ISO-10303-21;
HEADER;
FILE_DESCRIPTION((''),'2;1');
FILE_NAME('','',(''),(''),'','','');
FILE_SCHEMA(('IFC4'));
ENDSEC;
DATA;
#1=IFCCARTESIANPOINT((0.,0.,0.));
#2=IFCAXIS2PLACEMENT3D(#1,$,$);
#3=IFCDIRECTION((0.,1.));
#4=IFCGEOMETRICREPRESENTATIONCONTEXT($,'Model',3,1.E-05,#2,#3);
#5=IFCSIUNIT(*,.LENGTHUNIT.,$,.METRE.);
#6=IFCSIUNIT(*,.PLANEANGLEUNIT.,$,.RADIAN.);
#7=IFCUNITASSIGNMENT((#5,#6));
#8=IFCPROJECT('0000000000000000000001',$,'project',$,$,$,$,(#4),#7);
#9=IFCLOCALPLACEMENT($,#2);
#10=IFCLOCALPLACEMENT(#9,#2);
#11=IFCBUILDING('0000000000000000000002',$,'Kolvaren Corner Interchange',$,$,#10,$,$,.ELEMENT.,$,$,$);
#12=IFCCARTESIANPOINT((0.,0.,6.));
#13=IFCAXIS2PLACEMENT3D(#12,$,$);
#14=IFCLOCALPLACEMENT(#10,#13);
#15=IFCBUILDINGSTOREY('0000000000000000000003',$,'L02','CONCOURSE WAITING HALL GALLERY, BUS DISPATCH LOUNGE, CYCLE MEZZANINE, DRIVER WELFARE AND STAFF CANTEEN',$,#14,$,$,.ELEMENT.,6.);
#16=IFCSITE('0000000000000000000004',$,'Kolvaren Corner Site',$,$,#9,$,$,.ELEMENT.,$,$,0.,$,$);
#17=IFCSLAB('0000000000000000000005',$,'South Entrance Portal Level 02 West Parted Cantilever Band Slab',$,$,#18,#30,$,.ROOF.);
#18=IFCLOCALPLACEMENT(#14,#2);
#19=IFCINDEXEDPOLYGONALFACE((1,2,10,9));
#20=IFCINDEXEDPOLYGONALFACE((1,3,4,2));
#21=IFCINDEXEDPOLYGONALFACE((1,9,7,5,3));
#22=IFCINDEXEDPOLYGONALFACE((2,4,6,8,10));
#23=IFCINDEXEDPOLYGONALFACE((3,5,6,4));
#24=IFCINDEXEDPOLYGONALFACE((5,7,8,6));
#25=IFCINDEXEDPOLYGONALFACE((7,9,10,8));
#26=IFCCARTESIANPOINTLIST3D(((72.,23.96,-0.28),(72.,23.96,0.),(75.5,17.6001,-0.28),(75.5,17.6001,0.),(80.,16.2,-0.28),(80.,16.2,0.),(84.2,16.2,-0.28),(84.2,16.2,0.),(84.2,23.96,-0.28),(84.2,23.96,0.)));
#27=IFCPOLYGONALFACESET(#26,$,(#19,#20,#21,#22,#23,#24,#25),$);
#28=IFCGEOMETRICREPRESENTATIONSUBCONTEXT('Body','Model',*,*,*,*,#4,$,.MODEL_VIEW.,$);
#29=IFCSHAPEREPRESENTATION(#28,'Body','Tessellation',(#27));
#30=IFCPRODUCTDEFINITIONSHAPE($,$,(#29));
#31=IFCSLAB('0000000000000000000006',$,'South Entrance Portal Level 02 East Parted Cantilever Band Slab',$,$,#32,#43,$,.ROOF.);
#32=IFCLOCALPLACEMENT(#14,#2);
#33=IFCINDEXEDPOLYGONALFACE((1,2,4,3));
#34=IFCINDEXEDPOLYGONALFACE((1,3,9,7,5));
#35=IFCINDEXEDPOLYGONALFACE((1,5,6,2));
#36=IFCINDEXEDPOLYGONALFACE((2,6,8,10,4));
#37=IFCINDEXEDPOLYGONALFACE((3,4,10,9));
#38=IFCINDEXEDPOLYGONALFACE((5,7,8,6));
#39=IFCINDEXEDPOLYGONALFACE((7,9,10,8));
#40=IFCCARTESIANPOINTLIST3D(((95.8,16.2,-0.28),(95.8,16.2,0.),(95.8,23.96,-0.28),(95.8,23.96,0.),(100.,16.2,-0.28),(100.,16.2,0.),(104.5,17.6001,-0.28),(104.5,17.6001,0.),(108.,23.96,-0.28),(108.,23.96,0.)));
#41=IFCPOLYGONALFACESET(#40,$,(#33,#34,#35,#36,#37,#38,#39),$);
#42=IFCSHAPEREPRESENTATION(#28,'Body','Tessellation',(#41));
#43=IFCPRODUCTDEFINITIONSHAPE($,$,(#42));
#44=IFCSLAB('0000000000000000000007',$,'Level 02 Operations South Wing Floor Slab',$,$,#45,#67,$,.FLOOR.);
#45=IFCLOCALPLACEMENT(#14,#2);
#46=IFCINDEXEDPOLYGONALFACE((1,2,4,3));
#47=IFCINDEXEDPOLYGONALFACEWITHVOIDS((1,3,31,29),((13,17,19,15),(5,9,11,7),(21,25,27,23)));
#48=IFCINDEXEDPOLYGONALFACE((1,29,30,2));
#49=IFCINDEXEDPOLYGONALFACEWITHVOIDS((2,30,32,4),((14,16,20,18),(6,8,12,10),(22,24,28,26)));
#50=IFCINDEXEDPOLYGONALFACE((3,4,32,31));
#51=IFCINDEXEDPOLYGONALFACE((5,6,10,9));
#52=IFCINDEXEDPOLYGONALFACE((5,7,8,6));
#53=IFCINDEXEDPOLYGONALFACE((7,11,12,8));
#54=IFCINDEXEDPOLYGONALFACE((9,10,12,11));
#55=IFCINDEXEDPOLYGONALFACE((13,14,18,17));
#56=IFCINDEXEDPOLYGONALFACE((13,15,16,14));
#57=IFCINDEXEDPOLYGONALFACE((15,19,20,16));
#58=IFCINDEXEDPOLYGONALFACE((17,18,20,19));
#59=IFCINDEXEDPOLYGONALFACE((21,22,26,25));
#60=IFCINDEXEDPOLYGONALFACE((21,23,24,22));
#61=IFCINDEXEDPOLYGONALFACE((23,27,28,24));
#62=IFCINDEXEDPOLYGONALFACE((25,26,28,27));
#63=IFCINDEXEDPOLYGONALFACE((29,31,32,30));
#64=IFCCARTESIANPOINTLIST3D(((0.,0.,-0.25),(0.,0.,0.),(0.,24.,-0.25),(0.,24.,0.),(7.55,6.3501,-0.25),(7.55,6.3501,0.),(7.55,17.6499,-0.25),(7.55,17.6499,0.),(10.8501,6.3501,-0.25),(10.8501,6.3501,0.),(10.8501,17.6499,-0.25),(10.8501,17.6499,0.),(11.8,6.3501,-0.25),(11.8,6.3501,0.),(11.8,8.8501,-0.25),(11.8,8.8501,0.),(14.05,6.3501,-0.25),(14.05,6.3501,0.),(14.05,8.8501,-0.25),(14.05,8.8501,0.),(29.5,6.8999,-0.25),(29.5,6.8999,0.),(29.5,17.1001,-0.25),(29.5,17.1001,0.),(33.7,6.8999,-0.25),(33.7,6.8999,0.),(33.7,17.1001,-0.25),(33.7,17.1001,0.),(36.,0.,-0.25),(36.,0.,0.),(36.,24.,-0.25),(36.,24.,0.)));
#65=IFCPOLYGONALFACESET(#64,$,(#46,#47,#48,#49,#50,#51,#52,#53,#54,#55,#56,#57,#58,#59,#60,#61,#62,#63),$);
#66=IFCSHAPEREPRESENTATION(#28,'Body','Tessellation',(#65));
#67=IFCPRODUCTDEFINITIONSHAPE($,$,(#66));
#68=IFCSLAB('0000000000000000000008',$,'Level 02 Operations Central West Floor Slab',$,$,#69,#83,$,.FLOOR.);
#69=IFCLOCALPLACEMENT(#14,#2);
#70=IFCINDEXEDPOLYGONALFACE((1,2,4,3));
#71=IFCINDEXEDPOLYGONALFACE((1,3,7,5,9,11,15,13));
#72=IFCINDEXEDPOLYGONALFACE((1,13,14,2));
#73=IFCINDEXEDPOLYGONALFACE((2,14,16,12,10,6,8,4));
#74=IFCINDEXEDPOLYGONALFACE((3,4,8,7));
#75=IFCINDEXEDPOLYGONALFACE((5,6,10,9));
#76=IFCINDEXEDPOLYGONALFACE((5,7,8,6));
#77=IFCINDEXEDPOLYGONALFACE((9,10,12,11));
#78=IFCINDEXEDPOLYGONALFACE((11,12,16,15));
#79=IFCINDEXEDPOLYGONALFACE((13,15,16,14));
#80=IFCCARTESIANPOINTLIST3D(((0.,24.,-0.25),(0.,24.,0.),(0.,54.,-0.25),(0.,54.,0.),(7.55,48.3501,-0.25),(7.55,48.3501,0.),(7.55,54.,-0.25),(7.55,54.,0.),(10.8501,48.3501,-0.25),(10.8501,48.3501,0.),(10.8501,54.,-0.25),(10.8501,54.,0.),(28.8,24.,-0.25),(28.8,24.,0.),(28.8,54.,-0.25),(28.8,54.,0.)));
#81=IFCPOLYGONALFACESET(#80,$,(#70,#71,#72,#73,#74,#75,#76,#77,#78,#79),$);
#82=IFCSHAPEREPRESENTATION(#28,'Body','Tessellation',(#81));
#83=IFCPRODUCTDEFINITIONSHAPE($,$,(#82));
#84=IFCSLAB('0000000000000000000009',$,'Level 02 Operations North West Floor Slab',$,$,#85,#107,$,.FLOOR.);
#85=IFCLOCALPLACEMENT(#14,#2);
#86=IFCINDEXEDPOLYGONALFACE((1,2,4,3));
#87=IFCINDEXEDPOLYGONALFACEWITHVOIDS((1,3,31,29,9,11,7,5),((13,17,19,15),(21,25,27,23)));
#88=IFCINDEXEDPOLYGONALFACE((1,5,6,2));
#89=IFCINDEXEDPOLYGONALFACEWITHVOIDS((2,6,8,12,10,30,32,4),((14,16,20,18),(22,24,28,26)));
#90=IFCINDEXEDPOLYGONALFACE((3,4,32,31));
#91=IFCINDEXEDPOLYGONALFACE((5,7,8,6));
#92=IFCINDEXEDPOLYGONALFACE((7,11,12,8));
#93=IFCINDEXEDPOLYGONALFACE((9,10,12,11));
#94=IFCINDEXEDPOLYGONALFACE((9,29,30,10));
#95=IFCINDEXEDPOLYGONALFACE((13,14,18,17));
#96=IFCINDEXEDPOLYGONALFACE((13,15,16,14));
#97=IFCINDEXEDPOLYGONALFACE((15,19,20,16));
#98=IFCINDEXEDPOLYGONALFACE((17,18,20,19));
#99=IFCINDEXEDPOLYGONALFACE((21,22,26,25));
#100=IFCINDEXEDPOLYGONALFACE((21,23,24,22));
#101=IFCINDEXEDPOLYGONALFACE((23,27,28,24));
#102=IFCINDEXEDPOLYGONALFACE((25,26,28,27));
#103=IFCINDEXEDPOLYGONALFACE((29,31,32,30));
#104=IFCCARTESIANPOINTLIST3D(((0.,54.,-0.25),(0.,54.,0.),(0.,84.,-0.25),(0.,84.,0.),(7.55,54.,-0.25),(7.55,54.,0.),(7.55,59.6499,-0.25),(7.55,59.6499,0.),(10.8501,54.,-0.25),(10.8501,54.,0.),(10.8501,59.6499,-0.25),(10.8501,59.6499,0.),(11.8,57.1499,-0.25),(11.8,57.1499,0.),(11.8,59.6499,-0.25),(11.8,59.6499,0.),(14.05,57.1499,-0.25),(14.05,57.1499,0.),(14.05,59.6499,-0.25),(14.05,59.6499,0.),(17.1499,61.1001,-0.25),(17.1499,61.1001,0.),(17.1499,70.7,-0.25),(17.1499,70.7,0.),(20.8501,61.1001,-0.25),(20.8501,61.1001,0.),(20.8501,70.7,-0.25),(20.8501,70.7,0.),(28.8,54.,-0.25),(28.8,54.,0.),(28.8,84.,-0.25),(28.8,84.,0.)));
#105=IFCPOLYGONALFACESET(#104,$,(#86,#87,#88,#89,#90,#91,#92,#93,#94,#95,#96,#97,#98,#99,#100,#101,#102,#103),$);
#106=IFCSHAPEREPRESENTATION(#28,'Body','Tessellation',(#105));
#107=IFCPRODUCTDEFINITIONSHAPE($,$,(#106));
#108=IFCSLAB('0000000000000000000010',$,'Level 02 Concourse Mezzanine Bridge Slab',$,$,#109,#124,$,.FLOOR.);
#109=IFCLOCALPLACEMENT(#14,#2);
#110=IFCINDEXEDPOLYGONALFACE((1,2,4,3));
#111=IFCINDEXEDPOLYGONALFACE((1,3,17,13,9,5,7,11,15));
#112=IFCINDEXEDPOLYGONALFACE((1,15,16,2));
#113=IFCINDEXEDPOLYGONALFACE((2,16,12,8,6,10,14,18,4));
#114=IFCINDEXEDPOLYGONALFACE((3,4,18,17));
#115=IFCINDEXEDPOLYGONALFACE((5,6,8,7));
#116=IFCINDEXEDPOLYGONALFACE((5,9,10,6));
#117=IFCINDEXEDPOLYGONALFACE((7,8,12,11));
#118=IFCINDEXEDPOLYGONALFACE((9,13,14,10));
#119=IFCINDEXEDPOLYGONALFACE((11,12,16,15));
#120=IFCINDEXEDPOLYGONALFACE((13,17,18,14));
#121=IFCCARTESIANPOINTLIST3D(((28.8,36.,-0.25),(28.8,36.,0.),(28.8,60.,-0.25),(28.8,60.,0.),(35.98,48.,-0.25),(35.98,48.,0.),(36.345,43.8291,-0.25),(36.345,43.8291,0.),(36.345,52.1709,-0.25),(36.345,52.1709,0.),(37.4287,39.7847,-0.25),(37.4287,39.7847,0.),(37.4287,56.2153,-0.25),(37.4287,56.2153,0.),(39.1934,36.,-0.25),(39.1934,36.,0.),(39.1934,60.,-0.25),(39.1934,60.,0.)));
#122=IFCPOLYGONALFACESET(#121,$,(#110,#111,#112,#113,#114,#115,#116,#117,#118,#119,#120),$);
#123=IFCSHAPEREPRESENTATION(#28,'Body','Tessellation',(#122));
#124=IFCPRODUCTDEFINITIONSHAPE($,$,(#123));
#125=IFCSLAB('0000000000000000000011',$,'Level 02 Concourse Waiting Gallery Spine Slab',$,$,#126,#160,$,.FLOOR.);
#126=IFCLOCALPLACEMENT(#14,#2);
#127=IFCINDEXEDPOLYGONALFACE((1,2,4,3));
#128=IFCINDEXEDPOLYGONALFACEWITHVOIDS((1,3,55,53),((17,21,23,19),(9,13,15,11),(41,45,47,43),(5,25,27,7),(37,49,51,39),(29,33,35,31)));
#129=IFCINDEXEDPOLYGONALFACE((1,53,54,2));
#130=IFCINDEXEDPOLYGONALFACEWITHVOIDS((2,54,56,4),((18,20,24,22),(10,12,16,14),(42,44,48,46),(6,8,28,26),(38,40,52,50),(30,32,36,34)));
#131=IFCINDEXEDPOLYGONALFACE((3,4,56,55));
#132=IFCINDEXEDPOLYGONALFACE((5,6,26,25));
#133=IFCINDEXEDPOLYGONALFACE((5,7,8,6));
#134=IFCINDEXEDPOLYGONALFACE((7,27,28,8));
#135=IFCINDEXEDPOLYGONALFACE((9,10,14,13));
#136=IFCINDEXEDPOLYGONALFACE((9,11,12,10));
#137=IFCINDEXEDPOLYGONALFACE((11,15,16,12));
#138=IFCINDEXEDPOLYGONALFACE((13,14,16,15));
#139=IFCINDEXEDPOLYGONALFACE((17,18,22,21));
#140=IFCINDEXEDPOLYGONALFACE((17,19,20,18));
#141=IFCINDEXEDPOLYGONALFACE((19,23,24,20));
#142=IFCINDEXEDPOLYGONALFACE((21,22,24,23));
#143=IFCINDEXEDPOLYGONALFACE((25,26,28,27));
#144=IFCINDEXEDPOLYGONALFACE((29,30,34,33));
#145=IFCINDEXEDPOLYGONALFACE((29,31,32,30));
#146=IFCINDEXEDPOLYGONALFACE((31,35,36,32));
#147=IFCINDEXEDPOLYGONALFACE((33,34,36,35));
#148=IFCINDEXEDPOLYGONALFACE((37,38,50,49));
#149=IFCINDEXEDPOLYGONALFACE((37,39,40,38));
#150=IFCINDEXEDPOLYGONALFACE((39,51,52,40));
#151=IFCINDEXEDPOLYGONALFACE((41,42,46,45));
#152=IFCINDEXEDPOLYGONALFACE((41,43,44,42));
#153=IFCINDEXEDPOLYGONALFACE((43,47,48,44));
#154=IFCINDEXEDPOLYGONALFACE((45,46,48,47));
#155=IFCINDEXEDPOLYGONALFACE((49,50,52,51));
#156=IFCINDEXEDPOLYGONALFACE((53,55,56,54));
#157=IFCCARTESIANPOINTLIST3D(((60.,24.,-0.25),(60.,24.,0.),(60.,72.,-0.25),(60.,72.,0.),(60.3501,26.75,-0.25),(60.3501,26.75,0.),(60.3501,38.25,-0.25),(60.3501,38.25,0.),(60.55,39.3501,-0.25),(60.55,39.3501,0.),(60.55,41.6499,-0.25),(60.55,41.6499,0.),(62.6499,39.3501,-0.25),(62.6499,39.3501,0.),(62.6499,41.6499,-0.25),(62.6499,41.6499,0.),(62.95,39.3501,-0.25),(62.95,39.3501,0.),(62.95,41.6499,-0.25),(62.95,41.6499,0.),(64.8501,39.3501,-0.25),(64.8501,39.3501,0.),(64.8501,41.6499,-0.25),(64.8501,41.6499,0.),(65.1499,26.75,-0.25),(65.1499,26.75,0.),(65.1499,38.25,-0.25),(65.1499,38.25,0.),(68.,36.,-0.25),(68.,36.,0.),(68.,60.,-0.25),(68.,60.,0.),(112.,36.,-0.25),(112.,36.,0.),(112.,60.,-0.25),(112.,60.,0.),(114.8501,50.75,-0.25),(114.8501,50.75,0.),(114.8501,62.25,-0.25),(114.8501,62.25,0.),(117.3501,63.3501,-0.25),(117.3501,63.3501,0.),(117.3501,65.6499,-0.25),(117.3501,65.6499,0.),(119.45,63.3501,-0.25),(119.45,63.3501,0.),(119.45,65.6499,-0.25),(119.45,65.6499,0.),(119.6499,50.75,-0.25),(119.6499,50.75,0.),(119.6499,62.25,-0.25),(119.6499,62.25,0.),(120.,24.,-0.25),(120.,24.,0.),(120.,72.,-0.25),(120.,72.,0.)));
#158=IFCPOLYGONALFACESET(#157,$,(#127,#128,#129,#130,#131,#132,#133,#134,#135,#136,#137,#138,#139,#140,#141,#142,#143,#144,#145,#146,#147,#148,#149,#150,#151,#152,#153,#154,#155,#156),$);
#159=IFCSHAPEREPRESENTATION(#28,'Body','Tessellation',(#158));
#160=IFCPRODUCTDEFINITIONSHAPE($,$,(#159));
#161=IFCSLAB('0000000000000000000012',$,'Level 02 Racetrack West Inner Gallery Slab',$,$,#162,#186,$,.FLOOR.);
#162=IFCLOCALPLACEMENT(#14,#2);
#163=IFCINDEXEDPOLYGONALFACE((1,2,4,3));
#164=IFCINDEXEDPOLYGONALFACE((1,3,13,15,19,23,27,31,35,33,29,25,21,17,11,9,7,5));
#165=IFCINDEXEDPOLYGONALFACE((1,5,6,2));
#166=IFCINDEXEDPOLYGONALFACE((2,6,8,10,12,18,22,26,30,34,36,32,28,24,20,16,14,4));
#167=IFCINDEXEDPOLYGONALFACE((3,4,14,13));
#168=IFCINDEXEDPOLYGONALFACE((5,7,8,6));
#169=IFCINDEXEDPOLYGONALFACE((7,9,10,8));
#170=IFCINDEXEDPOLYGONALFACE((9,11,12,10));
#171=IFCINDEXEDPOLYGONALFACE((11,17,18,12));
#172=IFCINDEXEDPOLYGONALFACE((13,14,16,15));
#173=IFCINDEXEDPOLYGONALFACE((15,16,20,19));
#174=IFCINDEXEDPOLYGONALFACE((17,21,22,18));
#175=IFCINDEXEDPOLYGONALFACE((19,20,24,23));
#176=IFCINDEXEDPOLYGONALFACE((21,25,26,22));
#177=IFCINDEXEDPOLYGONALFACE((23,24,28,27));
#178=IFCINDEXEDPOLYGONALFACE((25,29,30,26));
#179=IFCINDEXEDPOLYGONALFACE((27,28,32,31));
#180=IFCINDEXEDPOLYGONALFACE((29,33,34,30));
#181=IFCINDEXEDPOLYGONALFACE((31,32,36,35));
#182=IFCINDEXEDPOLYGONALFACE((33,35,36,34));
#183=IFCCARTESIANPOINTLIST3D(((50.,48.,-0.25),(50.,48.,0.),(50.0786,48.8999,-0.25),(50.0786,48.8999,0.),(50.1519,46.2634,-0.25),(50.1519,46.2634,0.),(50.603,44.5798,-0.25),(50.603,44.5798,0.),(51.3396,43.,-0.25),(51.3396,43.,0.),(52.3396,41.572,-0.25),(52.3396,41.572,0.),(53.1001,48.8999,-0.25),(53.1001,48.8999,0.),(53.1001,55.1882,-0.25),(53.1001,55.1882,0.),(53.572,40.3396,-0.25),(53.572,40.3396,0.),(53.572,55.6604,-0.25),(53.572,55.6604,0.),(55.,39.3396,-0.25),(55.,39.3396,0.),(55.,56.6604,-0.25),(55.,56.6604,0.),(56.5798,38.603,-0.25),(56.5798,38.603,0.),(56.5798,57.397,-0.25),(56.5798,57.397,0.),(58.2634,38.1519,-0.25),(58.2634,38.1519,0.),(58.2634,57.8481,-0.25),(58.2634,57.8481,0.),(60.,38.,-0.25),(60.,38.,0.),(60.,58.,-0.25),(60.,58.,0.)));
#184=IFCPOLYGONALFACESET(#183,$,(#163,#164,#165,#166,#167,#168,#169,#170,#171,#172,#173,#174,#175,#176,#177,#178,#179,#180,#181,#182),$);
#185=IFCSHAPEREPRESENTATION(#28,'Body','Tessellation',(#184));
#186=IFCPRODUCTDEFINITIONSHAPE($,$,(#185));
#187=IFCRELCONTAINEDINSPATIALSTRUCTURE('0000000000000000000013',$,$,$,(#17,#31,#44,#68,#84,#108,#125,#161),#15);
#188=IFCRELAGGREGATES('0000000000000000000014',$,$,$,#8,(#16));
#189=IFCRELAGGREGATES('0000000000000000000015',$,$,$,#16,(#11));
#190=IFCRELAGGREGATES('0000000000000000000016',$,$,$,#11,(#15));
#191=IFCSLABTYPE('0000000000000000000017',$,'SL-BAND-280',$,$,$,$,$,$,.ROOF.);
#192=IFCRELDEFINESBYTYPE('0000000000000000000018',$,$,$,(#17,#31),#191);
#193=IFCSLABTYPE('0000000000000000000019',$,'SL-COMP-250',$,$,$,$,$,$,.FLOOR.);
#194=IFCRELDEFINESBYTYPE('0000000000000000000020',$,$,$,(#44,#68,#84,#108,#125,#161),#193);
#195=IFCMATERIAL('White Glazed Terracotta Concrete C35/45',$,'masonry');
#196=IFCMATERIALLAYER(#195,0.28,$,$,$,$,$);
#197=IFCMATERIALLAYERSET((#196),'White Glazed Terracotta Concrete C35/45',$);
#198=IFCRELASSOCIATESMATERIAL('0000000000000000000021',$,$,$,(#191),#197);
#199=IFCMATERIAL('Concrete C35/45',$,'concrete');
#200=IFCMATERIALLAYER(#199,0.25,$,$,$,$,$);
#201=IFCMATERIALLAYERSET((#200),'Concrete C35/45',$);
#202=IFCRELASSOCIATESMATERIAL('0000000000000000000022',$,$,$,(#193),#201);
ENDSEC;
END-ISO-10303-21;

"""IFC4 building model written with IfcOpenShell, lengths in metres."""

from ifc_helpers import new_model, si_unit, direction, frame, origin, place, context, subcontext, project, spatial, polyline, outline, extrude, material, layer, layer_set, type_object, element, save


model = new_model("IFC4")

# Units and contexts
model_context = context("Model", 3, precision=1e-05, world=origin(), true_north=direction((0.0, 1.0)))
body_context = subcontext(model_context, "Body", "Model", "MODEL_VIEW")
ifc_project = project(units=[si_unit("LENGTHUNIT", "METRE"), si_unit("PLANEANGLEUNIT", "RADIAN")], contexts=[model_context])

# Site, building, storey
site_placement = place(None, origin())
site = spatial("IfcSite", under=ifc_project, at=site_placement, Name="Kolvaren Corner Site", CompositionType="ELEMENT", RefElevation=0.0)
building_placement = place(site_placement, origin())
building = spatial("IfcBuilding", under=site, at=building_placement, Name="Kolvaren Corner Interchange", CompositionType="ELEMENT")
storey_placement = place(building_placement, frame((0.0, 0.0, 6.0)))
storey = spatial("IfcBuildingStorey", under=building, at=storey_placement, Name="L02", Description="CONCOURSE WAITING HALL GALLERY, BUS DISPATCH LOUNGE, CYCLE MEZZANINE, DRIVER WELFARE AND STAFF CANTEEN", CompositionType="ELEMENT", Elevation=6.0)

# Slabs
ifc_material_1 = material(Name="White Glazed Terracotta Concrete C35/45", Category="masonry")
ifc_layer_1 = layer(ifc_material_1, 0.28)
ifc_layer_set_1 = layer_set([ifc_layer_1], Name="White Glazed Terracotta Concrete C35/45")
slab_type_1 = type_object("IfcSlabType", Name="SL-BAND-280", PredefinedType="ROOF", material=ifc_layer_set_1)
slab_1_placement = place(storey_placement, frame((0.0, 0.0, -0.28)))
element("IfcSlab", 1, at=slab_1_placement, inside=storey, type_object=slab_type_1, Name="South Entrance Portal Level 02 West Parted Cantilever Band Slab", PredefinedType="ROOF", context=body_context, shape_type="SweptSolid", body=[
    extrude(outline(polyline([(84.2, 23.96), (72.0, 23.96), (75.5, 17.6001), (80.0, 16.2), (84.2, 16.2), (84.2, 23.96)])), origin(), (0.0, 0.0, 1.0), 0.28),
])
slab_2_placement = place(storey_placement, frame((0.0, 0.0, -0.28)))
element("IfcSlab", 2, at=slab_2_placement, inside=storey, type_object=slab_type_1, Name="South Entrance Portal Level 02 East Parted Cantilever Band Slab", PredefinedType="ROOF", context=body_context, shape_type="SweptSolid", body=[
    extrude(outline(polyline([(108.0, 23.96), (95.8, 23.96), (95.8, 16.2), (100.0, 16.2), (104.5, 17.6001), (108.0, 23.96)])), origin(), (0.0, 0.0, 1.0), 0.28),
])
ifc_material_2 = material(Name="Concrete C35/45", Category="concrete")
ifc_layer_2 = layer(ifc_material_2, 0.25)
ifc_layer_set_2 = layer_set([ifc_layer_2], Name="Concrete C35/45")
slab_type_2 = type_object("IfcSlabType", Name="SL-COMP-250", PredefinedType="FLOOR", material=ifc_layer_set_2)
slab_3_placement = place(storey_placement, frame((0.0, 0.0, -0.25)))
element("IfcSlab", 3, at=slab_3_placement, inside=storey, type_object=slab_type_2, Name="Level 02 Operations South Wing Floor Slab", PredefinedType="FLOOR", context=body_context, shape_type="SweptSolid", body=[
    extrude(outline(polyline([(0.0, 24.0), (0.0, 0.0), (36.0, 0.0), (36.0, 24.0), (0.0, 24.0)]), holes=[polyline([(10.8501, 17.6499), (10.8501, 6.3501), (7.55, 6.3501), (7.55, 17.6499), (10.8501, 17.6499)]), polyline([(33.7, 6.8999), (29.5, 6.8999), (29.5, 17.1001), (33.7, 17.1001), (33.7, 6.8999)]), polyline([(11.8, 8.8501), (14.05, 8.8501), (14.05, 6.3501), (11.8, 6.3501), (11.8, 8.8501)])]), origin(), (0.0, 0.0, 1.0), 0.25),
])
slab_4_placement = place(storey_placement, frame((0.0, 0.0, -0.25)))
element("IfcSlab", 4, at=slab_4_placement, inside=storey, type_object=slab_type_2, Name="Level 02 Operations Central West Floor Slab", PredefinedType="FLOOR", context=body_context, shape_type="SweptSolid", body=[
    extrude(outline(polyline([(7.55, 54.0), (0.0, 54.0), (0.0, 24.0), (28.8, 24.0), (28.8, 54.0), (10.8501, 54.0), (10.8501, 48.3501), (7.55, 48.3501), (7.55, 54.0)])), origin(), (0.0, 0.0, 1.0), 0.25),
])
slab_5_placement = place(storey_placement, frame((0.0, 0.0, -0.25)))
element("IfcSlab", 5, at=slab_5_placement, inside=storey, type_object=slab_type_2, Name="Level 02 Operations North West Floor Slab", PredefinedType="FLOOR", context=body_context, shape_type="SweptSolid", body=[
    extrude(outline(polyline([(28.8, 84.0), (0.0, 84.0), (0.0, 54.0), (7.55, 54.0), (7.55, 59.6499), (10.8501, 59.6499), (10.8501, 54.0), (28.8, 54.0), (28.8, 84.0)]), holes=[polyline([(20.8501, 61.1001), (17.1499, 61.1001), (17.1499, 70.7), (20.8501, 70.7), (20.8501, 61.1001)]), polyline([(11.8, 59.6499), (14.05, 59.6499), (14.05, 57.1499), (11.8, 57.1499), (11.8, 59.6499)])]), origin(), (0.0, 0.0, 1.0), 0.25),
])
slab_6_placement = place(storey_placement, frame((0.0, 0.0, -0.25)))
element("IfcSlab", 6, at=slab_6_placement, inside=storey, type_object=slab_type_2, Name="Level 02 Concourse Mezzanine Bridge Slab", PredefinedType="FLOOR", context=body_context, shape_type="SweptSolid", body=[
    extrude(outline(polyline([(28.8, 36.0), (39.1934, 36.0), (37.4287, 39.7847), (36.345, 43.8291), (35.98, 48.0), (36.345, 52.1709), (37.4287, 56.2153), (39.1934, 60.0), (28.8, 60.0), (28.8, 36.0)])), origin(), (0.0, 0.0, 1.0), 0.25),
])
slab_7_placement = place(storey_placement, frame((0.0, 0.0, -0.25)))
element("IfcSlab", 7, at=slab_7_placement, inside=storey, type_object=slab_type_2, Name="Level 02 Concourse Waiting Gallery Spine Slab", PredefinedType="FLOOR", context=body_context, shape_type="SweptSolid", body=[
    extrude(outline(polyline([(120.0, 72.0), (60.0, 72.0), (60.0, 24.0), (120.0, 24.0), (120.0, 72.0)]), holes=[polyline([(65.1499, 26.75), (60.3501, 26.75), (60.3501, 38.25), (65.1499, 38.25), (65.1499, 26.75)]), polyline([(114.8501, 50.75), (114.8501, 62.25), (119.6499, 62.25), (119.6499, 50.75), (114.8501, 50.75)]), polyline([(62.6499, 41.6499), (62.6499, 39.3501), (60.55, 39.3501), (60.55, 41.6499), (62.6499, 41.6499)]), polyline([(64.8501, 39.3501), (62.95, 39.3501), (62.95, 41.6499), (64.8501, 41.6499), (64.8501, 39.3501)]), polyline([(117.3501, 63.3501), (117.3501, 65.6499), (119.45, 65.6499), (119.45, 63.3501), (117.3501, 63.3501)]), polyline([(112.0, 60.0), (112.0, 36.0), (68.0, 36.0), (68.0, 60.0), (112.0, 60.0)])]), origin(), (0.0, 0.0, 1.0), 0.25),
])
slab_8_placement = place(storey_placement, frame((0.0, 0.0, -0.25)))
element("IfcSlab", 8, at=slab_8_placement, inside=storey, type_object=slab_type_2, Name="Level 02 Racetrack West Inner Gallery Slab", PredefinedType="FLOOR", context=body_context, shape_type="SweptSolid", body=[
    extrude(outline(polyline([(56.5798, 38.603), (58.2634, 38.1519), (60.0, 38.0), (60.0, 58.0), (58.2634, 57.8481), (56.5798, 57.397), (55.0, 56.6604), (53.572, 55.6604), (53.1001, 55.1882), (53.1001, 48.8999), (50.0786, 48.8999), (50.0, 48.0), (50.1519, 46.2634), (50.603, 44.5798), (51.3396, 43.0), (52.3396, 41.572), (53.572, 40.3396), (55.0, 39.3396), (56.5798, 38.603)])), origin(), (0.0, 0.0, 1.0), 0.25),
])

save(model, "model.ifc")
